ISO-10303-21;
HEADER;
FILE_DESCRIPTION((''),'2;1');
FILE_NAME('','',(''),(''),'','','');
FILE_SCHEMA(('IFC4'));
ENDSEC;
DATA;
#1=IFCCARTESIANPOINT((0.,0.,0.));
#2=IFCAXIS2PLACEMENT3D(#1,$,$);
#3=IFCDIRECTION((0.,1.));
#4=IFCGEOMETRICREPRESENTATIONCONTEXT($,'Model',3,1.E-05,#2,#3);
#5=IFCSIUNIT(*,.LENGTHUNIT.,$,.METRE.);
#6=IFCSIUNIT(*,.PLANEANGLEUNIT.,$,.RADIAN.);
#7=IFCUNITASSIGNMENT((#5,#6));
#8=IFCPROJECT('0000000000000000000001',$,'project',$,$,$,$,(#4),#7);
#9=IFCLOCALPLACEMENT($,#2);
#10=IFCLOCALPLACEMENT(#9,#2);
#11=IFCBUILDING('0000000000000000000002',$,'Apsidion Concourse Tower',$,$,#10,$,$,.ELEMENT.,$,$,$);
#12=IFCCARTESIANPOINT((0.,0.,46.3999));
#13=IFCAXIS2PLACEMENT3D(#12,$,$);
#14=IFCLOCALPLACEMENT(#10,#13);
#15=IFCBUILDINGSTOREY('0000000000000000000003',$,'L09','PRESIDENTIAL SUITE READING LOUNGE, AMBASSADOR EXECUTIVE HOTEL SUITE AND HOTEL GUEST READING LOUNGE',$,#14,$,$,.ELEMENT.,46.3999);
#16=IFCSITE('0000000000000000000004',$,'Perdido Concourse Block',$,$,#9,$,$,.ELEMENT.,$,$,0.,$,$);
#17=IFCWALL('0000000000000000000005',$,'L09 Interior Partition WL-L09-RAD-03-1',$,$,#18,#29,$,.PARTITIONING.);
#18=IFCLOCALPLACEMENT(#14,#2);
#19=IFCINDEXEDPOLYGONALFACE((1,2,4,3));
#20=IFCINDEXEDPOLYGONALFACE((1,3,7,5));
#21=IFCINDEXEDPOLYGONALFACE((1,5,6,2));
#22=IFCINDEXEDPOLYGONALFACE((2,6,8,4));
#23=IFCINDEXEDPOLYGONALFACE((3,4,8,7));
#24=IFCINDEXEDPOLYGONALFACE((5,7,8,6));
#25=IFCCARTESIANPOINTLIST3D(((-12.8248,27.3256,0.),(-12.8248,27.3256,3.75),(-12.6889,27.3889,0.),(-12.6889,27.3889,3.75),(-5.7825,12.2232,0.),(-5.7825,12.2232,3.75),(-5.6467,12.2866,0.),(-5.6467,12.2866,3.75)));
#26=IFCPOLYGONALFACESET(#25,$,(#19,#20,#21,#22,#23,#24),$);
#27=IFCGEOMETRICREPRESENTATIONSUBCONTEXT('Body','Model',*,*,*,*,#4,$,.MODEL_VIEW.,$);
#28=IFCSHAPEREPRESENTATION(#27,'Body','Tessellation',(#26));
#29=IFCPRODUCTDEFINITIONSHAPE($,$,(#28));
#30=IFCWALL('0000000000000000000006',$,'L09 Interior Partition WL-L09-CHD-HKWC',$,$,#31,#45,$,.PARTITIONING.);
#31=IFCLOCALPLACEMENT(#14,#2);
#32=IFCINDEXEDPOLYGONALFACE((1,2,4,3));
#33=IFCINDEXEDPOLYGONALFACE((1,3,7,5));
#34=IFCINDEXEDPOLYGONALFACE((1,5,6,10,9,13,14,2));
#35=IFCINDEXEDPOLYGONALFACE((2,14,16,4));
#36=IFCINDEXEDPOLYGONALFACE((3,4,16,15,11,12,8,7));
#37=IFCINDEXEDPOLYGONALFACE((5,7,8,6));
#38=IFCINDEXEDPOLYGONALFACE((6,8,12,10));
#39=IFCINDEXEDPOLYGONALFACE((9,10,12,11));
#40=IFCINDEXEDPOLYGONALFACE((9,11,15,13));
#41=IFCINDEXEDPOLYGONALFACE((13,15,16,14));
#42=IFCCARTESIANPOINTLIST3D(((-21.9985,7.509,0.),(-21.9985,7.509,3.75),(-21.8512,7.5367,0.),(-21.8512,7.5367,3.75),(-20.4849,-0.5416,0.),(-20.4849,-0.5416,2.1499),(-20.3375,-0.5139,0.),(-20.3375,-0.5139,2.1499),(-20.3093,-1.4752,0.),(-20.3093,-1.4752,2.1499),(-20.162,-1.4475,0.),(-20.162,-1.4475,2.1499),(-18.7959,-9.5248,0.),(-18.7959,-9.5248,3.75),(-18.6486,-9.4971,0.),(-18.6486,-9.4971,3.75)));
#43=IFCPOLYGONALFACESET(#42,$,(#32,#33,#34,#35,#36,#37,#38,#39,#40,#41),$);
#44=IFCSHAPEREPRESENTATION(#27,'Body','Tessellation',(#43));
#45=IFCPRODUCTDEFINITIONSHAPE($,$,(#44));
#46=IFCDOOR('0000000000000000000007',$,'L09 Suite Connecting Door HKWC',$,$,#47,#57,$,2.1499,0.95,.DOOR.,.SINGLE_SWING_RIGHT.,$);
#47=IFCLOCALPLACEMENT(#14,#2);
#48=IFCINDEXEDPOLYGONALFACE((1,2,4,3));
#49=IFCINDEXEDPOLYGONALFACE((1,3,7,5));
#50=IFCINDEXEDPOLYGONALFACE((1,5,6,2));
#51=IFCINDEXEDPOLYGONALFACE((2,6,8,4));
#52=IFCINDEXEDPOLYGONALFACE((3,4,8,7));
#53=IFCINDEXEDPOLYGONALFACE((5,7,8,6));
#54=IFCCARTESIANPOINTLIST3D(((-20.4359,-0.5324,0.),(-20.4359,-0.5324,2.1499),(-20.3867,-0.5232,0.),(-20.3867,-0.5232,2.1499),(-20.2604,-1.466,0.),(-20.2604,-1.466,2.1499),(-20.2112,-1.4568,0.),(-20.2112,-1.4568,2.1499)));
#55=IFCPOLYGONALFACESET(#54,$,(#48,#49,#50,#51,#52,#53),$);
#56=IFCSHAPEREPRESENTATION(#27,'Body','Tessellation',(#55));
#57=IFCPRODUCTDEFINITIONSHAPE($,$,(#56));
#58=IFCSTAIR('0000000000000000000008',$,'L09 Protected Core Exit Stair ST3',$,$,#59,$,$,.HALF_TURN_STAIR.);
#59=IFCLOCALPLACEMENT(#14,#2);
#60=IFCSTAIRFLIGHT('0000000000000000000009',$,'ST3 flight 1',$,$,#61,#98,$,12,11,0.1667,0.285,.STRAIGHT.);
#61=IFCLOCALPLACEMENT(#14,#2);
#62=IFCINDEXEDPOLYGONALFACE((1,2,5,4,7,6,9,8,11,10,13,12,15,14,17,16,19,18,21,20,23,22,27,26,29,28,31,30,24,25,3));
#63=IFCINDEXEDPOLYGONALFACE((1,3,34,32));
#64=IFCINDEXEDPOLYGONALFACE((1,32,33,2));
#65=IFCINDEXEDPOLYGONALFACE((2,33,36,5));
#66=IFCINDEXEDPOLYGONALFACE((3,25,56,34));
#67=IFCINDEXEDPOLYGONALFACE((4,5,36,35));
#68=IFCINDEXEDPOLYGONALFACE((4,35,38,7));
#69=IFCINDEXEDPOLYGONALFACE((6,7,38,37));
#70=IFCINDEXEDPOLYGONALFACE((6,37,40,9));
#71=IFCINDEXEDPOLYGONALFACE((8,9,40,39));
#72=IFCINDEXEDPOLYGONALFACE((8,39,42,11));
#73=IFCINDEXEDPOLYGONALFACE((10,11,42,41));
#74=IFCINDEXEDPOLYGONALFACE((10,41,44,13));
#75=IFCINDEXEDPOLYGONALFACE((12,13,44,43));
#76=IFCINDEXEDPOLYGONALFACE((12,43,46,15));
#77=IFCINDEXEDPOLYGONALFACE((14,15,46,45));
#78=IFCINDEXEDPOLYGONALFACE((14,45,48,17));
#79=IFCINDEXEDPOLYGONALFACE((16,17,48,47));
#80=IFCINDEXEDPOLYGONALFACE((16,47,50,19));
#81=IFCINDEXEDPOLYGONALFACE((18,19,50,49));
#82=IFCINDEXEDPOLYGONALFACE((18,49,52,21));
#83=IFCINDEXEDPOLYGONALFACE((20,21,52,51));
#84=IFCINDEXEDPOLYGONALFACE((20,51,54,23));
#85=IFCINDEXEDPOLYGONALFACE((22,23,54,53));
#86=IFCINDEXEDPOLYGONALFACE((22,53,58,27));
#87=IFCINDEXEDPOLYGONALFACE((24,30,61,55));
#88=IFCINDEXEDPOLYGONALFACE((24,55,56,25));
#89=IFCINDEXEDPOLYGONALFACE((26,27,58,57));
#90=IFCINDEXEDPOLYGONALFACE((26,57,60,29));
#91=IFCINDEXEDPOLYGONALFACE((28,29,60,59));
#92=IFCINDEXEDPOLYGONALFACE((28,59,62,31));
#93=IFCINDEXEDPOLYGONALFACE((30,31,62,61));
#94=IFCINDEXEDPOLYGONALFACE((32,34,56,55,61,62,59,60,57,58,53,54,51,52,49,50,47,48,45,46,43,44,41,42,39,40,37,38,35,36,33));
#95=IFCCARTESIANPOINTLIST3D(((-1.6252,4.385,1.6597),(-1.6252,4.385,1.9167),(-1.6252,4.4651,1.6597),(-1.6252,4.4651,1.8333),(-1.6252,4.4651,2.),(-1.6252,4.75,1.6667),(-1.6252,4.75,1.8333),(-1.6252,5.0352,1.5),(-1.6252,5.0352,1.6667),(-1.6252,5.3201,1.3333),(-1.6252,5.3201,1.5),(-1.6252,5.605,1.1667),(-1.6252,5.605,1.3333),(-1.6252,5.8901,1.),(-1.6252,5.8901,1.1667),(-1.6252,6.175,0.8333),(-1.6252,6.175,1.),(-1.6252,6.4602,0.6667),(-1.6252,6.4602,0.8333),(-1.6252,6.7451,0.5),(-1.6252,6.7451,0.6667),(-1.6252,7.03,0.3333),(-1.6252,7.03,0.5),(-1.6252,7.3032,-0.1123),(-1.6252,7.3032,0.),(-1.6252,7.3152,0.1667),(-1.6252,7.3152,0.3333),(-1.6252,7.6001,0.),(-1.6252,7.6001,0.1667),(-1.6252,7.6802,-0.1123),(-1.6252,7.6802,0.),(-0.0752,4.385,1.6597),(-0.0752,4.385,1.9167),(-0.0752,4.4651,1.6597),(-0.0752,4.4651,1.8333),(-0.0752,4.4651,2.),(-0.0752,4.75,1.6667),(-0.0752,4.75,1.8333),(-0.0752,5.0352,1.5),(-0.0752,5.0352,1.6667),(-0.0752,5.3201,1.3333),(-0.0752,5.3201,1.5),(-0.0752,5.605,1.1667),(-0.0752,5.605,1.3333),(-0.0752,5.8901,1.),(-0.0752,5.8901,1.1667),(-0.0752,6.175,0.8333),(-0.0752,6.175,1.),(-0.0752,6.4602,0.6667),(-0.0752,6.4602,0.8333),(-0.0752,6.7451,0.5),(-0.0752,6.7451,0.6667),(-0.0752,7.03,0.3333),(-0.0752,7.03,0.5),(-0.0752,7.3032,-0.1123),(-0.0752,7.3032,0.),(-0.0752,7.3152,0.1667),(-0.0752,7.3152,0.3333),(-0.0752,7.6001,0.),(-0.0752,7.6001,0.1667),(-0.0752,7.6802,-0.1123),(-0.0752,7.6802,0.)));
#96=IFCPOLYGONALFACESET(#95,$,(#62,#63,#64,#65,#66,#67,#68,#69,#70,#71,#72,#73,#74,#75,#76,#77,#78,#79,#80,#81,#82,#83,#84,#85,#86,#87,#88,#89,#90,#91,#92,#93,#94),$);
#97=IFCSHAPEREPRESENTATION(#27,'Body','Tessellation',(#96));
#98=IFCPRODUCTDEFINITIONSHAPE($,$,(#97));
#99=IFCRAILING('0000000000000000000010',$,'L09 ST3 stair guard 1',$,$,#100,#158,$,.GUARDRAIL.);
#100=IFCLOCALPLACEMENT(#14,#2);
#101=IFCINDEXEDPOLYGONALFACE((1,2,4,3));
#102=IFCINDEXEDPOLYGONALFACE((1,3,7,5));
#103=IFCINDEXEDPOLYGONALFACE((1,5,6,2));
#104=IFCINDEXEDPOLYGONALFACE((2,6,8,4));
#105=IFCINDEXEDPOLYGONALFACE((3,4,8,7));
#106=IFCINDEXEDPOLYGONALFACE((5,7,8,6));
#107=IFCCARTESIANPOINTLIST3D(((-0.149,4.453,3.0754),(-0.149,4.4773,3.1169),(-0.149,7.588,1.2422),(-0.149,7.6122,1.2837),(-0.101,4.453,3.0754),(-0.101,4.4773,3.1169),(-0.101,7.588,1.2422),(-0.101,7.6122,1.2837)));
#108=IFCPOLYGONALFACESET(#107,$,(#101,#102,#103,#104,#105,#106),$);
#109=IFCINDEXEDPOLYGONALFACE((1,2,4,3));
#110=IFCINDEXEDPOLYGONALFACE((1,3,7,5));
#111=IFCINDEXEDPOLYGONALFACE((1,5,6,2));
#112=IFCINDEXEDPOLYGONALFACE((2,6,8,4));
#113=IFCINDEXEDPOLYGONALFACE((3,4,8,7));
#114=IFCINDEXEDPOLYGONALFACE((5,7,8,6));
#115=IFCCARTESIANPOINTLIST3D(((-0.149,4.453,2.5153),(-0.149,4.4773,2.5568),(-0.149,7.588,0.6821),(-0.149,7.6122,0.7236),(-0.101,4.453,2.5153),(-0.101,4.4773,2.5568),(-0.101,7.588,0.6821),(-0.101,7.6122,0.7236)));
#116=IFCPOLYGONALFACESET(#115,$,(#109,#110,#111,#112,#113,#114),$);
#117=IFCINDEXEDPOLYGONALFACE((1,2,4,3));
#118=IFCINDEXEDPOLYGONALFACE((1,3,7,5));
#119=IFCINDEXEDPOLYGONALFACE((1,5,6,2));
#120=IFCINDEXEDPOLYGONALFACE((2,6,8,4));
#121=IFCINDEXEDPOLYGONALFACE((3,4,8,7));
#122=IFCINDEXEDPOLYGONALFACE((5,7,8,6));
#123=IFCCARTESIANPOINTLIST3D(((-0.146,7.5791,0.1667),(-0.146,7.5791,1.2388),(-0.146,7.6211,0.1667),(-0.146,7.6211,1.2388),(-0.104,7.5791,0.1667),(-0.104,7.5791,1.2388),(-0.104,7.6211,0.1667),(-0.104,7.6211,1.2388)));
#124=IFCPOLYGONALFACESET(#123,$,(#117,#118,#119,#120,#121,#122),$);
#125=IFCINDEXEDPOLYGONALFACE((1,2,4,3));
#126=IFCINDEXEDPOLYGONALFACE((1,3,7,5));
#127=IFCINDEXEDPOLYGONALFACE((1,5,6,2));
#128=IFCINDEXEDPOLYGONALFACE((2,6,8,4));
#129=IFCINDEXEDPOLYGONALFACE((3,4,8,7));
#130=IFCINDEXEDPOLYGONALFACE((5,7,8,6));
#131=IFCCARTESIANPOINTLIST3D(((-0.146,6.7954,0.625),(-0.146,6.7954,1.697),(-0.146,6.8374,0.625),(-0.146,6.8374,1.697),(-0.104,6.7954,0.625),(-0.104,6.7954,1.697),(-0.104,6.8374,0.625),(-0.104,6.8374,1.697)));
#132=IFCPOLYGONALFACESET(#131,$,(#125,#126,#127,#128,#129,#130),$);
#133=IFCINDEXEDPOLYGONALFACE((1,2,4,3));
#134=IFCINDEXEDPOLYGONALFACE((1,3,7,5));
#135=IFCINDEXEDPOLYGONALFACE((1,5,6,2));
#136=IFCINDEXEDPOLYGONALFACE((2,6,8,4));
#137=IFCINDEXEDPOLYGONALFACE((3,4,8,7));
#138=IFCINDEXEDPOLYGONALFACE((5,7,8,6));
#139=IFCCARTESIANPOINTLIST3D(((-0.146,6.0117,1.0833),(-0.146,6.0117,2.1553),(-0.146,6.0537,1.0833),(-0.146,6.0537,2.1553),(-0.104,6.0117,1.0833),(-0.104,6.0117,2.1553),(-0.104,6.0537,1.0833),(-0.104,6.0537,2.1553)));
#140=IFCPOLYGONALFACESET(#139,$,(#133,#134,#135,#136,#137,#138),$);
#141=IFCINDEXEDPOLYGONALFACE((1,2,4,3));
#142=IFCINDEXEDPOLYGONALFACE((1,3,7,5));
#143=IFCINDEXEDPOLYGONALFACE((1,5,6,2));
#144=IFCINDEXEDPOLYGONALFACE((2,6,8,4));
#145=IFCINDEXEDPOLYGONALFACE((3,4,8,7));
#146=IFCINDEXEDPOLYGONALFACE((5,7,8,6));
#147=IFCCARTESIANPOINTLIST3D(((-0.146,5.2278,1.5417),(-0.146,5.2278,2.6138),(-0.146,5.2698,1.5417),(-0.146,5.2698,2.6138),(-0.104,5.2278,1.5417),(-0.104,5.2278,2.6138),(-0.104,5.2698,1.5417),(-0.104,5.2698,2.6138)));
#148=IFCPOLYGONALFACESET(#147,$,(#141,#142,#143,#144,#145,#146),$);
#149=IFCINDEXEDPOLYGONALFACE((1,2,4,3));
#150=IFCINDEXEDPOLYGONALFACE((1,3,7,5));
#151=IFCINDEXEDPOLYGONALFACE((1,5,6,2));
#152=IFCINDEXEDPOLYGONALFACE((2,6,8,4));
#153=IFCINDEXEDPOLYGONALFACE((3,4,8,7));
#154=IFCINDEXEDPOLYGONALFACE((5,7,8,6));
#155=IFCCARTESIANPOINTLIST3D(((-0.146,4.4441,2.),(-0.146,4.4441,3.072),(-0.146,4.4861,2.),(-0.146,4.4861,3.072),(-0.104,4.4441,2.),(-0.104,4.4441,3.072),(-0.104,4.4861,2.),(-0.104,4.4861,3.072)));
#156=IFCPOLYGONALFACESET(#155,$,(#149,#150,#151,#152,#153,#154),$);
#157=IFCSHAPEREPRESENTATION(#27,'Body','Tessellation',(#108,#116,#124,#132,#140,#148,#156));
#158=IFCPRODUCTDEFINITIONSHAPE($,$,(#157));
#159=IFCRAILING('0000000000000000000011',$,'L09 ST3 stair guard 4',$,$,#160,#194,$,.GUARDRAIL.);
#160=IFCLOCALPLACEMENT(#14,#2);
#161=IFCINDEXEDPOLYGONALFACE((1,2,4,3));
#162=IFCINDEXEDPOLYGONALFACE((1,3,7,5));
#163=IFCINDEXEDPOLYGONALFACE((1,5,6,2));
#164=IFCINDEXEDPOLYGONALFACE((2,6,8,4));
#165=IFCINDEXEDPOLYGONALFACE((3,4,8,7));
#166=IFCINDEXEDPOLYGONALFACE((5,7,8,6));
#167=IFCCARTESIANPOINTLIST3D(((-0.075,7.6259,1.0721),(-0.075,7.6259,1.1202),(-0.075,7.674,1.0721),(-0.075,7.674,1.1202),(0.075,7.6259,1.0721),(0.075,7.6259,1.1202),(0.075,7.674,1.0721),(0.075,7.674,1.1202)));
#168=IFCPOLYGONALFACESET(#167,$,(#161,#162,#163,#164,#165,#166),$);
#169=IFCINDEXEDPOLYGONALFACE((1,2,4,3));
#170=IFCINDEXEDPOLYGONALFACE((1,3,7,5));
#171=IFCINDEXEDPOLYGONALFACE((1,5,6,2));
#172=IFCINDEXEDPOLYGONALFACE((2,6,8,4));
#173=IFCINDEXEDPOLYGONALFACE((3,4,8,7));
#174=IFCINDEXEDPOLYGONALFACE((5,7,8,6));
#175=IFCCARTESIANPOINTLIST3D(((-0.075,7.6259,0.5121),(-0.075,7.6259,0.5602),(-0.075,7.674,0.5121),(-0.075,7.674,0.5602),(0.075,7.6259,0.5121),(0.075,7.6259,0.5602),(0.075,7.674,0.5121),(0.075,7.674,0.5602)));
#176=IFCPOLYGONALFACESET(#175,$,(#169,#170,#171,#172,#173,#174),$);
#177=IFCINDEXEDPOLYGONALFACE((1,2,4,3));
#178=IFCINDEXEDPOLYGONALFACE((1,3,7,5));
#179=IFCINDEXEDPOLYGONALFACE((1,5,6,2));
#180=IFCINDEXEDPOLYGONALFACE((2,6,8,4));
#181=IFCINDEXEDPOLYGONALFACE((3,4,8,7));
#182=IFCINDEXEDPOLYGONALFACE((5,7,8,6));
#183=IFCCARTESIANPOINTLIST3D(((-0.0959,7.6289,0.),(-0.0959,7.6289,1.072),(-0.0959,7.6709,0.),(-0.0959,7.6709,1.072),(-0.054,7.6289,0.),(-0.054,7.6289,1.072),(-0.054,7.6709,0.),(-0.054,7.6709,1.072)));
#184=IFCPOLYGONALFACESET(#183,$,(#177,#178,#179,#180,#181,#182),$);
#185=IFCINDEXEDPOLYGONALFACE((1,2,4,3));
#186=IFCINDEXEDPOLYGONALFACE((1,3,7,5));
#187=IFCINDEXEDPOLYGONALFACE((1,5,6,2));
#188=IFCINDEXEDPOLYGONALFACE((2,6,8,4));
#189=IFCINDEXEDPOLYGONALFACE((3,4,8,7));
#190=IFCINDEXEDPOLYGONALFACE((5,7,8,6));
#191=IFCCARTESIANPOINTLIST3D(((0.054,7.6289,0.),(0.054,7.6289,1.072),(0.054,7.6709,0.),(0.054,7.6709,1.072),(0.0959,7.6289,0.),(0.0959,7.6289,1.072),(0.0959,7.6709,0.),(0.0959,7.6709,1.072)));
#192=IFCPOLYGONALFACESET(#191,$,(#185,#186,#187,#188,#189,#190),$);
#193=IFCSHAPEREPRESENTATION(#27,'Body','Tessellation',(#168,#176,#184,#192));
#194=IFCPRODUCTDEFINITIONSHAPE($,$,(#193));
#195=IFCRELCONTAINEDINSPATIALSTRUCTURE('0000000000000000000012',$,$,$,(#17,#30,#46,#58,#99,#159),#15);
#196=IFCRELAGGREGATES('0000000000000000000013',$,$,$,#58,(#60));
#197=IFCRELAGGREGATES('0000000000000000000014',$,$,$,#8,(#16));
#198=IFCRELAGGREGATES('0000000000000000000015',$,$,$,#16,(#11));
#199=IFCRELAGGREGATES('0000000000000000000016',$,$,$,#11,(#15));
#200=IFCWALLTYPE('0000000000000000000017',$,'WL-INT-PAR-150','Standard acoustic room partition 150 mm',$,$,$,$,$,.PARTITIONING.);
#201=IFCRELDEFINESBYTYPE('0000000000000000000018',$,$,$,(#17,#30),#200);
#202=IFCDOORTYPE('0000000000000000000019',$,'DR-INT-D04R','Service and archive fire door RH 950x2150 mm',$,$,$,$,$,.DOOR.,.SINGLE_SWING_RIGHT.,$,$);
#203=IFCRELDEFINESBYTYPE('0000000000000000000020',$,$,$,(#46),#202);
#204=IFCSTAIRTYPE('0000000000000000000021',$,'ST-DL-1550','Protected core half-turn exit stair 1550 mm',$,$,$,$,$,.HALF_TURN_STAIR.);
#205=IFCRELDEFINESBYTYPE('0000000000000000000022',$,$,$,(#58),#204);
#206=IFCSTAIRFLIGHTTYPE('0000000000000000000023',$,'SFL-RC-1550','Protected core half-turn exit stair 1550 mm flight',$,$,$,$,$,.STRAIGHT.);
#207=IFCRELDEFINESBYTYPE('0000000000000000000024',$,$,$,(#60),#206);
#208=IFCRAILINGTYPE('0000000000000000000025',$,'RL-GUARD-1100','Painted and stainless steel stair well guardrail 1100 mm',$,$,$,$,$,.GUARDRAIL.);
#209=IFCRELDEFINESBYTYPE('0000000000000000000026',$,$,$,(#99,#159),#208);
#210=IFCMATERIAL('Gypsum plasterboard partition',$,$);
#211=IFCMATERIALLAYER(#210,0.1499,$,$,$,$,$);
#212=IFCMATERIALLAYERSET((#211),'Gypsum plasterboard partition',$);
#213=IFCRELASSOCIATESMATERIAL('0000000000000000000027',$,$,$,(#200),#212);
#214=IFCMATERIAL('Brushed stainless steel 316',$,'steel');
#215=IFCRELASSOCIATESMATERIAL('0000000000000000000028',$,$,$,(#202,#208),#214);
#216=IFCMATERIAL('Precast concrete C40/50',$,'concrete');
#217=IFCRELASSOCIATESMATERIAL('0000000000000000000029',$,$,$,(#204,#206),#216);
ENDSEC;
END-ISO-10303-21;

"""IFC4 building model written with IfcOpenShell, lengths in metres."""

from ifc_helpers import new_model, si_unit, direction, frame, frame_2d, origin, origin_2d, place, context, subcontext, project, spatial, polyline, rectangle, outline, extrude, material, layer, layer_set, type_object, element, fill, aggregate, save


model = new_model("IFC4")

# Units and contexts
model_context = context("Model", 3, precision=1e-05, world=origin(), true_north=direction((0.0, 1.0)))
body_context = subcontext(model_context, "Body", "Model", "MODEL_VIEW")
ifc_project = project(units=[si_unit("LENGTHUNIT", "METRE"), si_unit("PLANEANGLEUNIT", "RADIAN")], contexts=[model_context])

# Site, building, storey
site_placement = place(None, origin())
site = spatial("IfcSite", under=ifc_project, at=site_placement, Name="Perdido Concourse Block", CompositionType="ELEMENT", RefElevation=0.0)
building_placement = place(site_placement, origin())
building = spatial("IfcBuilding", under=site, at=building_placement, Name="Apsidion Concourse Tower", CompositionType="ELEMENT")
storey_placement = place(building_placement, frame((0.0, 0.0, 46.3999)))
storey = spatial("IfcBuildingStorey", under=building, at=storey_placement, Name="L09", Description="PRESIDENTIAL SUITE READING LOUNGE, AMBASSADOR EXECUTIVE HOTEL SUITE AND HOTEL GUEST READING LOUNGE", CompositionType="ELEMENT", Elevation=46.3999)

# Shared definitions
ifc_material_1 = material(Name="Precast concrete C40/50", Category="concrete")

# Shared definitions
ifc_material_2 = material(Name="Gypsum plasterboard partition")

# Shared definitions
ifc_layer_1 = layer(ifc_material_2, 0.1499)
ifc_layer_set_1 = layer_set([ifc_layer_1], Name="Gypsum plasterboard partition")
wall_type_1 = type_object("IfcWallType", Name="WL-INT-PAR-150", Description="Standard acoustic room partition 150 mm", PredefinedType="PARTITIONING", material=ifc_layer_set_1)
ifc_material_3 = material(Name="Brushed stainless steel 316", Category="steel")

# Wall
wall_1_placement = place(storey_placement, frame((-5.7146, 12.2549, 0.0), z_axis=(0.0, 0.0, 1.0), x_axis=(-0.422614, 0.90631, 0.0)))
element("IfcWall", 1, at=wall_1_placement, inside=storey, type_object=wall_type_1, Name="L09 Interior Partition WL-L09-RAD-03-1", PredefinedType="PARTITIONING", context=body_context, shape_type="SweptSolid", body=[
    extrude(rectangle(XDim=16.6636, YDim=0.1499, at=frame_2d((8.3318, 0.0))), origin(), (0.0, 0.0, 1.0), 3.75),
])

# Wall, opening, door
wall_2_placement = place(storey_placement, frame((-21.9248, 7.5227, 0.0), z_axis=(0.0, 0.0, 1.0), x_axis=(0.184778, -0.98278, 0.0)))
wall_2 = element("IfcWall", 2, at=wall_2_placement, inside=storey, type_object=wall_type_1, Name="L09 Interior Partition WL-L09-CHD-HKWC", PredefinedType="PARTITIONING", context=body_context, shape_type="SweptSolid", body=[
    extrude(rectangle(XDim=17.3323, YDim=0.1499, at=frame_2d((8.666, 0.0))), origin(), (0.0, 0.0, 1.0), 3.75),
])
opening_1_placement = place(wall_2_placement, frame((8.1914, 0.0, 0.0)))
opening_1 = element("IfcOpeningElement", 3, at=opening_1_placement, cuts=wall_2, PredefinedType="OPENING", context=body_context, shape_type="SweptSolid", body=[
    extrude(rectangle(XDim=0.95, YDim=2.1499, at=frame_2d((0.4751, 1.075))), frame((0.0, 0.085, 0.0), z_axis=(0.0, -1.0, 0.0), x_axis=(1.0, 0.0, 0.0)), (0.0, 0.0, 1.0), 0.1699),
])
door_type_1 = type_object("IfcDoorType", Name="DR-INT-D04R", Description="Service and archive fire door RH 950x2150 mm", OperationType="SINGLE_SWING_RIGHT", PredefinedType="DOOR", material=ifc_material_3)
door_1_placement = place(opening_1_placement, origin())
door_1 = element("IfcDoor", 4, at=door_1_placement, inside=storey, type_object=door_type_1, Name="L09 Suite Connecting Door HKWC", OperationType="SINGLE_SWING_RIGHT", OverallHeight=2.1499, OverallWidth=0.95, PredefinedType="DOOR", context=body_context, shape_type="SweptSolid", body=[
    extrude(rectangle(XDim=0.95, YDim=2.1499, at=frame_2d((0.4751, 1.075))), frame((0.0, 0.0249, 0.0), z_axis=(0.0, -1.0, 0.0), x_axis=(1.0, 0.0, 0.0)), (0.0, 0.0, 1.0), 0.05),
])
fill(opening_1, door_1)

# Stair, stair flight
stair_type = type_object("IfcStairType", Name="ST-DL-1550", Description="Protected core half-turn exit stair 1550 mm", PredefinedType="HALF_TURN_STAIR", material=ifc_material_1)
stair_placement = place(storey_placement, origin())
stair = element("IfcStair", 5, at=stair_placement, inside=storey, type_object=stair_type, Name="L09 Protected Core Exit Stair ST3", PredefinedType="HALF_TURN_STAIR")
stair_flight_type = type_object("IfcStairFlightType", Name="SFL-RC-1550", Description="Protected core half-turn exit stair 1550 mm flight", PredefinedType="STRAIGHT", material=ifc_material_1)
stair_flight_placement = place(storey_placement, frame((-0.8501, 7.6001, 0.0), z_axis=(0.0, 0.0, 1.0), x_axis=(0.0, -1.0, 0.0)))
stair_flight = element("IfcStairFlight", 6, at=stair_flight_placement, type_object=stair_flight_type, Name="ST3 flight 1", NumberOfRisers=12, NumberOfTreads=11, PredefinedType="STRAIGHT", RiserHeight=0.1667, TreadLength=0.285, context=body_context, shape_type="SweptSolid", body=[
    extrude(outline(polyline([(-0.0801, -0.1123), (-0.0801, 0.0), (0.0, 0.0), (0.0, 0.1667), (0.2849, 0.1667), (0.2849, 0.3333), (0.5701, 0.3333), (0.5701, 0.5), (0.855, 0.5), (0.855, 0.6667), (1.1399, 0.6667), (1.1399, 0.8333), (1.425, 0.8333), (1.425, 1.0), (1.71, 1.0), (1.71, 1.1667), (1.9951, 1.1667), (1.9951, 1.3333), (2.28, 1.3333), (2.28, 1.5), (2.5649, 1.5), (2.5649, 1.6667), (2.8501, 1.6667), (2.8501, 1.8333), (3.135, 1.8333), (3.135, 2.0), (3.2151, 1.9167), (3.2151, 1.6597), (3.135, 1.6597), (0.2969, 0.0), (0.2969, -0.1123), (-0.0801, -0.1123)])), frame((0.0, 0.7749, 0.0), z_axis=(0.0, -1.0, 0.0), x_axis=(1.0, 0.0, 0.0)), (0.0, 0.0, 1.0), 1.55),
])
aggregate(stair, [stair_flight])

# Railings
railing_type_1 = type_object("IfcRailingType", Name="RL-GUARD-1100", Description="Painted and stainless steel stair well guardrail 1100 mm", PredefinedType="GUARDRAIL", material=ifc_material_3)
railing_1_placement = place(storey_placement, frame((-0.125, 7.6001, 0.1667)))
element("IfcRailing", 7, at=railing_1_placement, inside=storey, type_object=railing_type_1, Name="L09 ST3 stair guard 1", PredefinedType="GUARDRAIL", context=body_context, shape_type="SweptSolid", body=[
    extrude(rectangle(XDim=0.0481, YDim=0.0481, at=origin_2d()), frame((0.0, 0.0, 1.0962), z_axis=(0.0, -0.86324, 0.504794), x_axis=(1.0, 0.0, 0.0)), (0.0, 0.0, 1.0), 3.6316),
    extrude(rectangle(XDim=0.0481, YDim=0.0481, at=origin_2d()), frame((0.0, 0.0, 0.5361), z_axis=(0.0, -0.86324, 0.504794), x_axis=(1.0, 0.0, 0.0)), (0.0, 0.0, 1.0), 3.6316),
    extrude(rectangle(XDim=0.042, YDim=0.042, at=origin_2d()), origin(), (0.0, 0.0, 1.0), 1.072),
    extrude(rectangle(XDim=0.042, YDim=0.042, at=origin_2d()), frame((0.0, -0.7837, 0.4583)), (0.0, 0.0, 1.0), 1.072),
    extrude(rectangle(XDim=0.042, YDim=0.042, at=origin_2d()), frame((0.0, -1.5674, 0.9165)), (0.0, 0.0, 1.0), 1.072),
    extrude(rectangle(XDim=0.042, YDim=0.042, at=origin_2d()), frame((0.0, -2.3513, 1.375)), (0.0, 0.0, 1.0), 1.072),
    extrude(rectangle(XDim=0.042, YDim=0.042, at=origin_2d()), frame((0.0, -3.135, 1.8333)), (0.0, 0.0, 1.0), 1.072),
])
railing_2_placement = place(storey_placement, frame((-0.075, 7.6499, 0.0)))
element("IfcRailing", 8, at=railing_2_placement, inside=storey, type_object=railing_type_1, Name="L09 ST3 stair guard 4", PredefinedType="GUARDRAIL", context=body_context, shape_type="SweptSolid", body=[
    extrude(rectangle(XDim=0.0481, YDim=0.0481, at=origin_2d()), frame((0.0, 0.0, 1.0962), z_axis=(1.0, 0.0, 0.0), x_axis=(0.0, 1.0, 0.0)), (0.0, 0.0, 1.0), 0.1499),
    extrude(rectangle(XDim=0.0481, YDim=0.0481, at=origin_2d()), frame((0.0, 0.0, 0.5361), z_axis=(1.0, 0.0, 0.0), x_axis=(0.0, 1.0, 0.0)), (0.0, 0.0, 1.0), 0.1499),
    extrude(rectangle(XDim=0.042, YDim=0.042, at=origin_2d()), origin(), (0.0, 0.0, 1.0), 1.072),
    extrude(rectangle(XDim=0.042, YDim=0.042, at=origin_2d()), frame((0.1499, 0.0, 0.0)), (0.0, 0.0, 1.0), 1.072),
])

save(model, "model.ifc")
